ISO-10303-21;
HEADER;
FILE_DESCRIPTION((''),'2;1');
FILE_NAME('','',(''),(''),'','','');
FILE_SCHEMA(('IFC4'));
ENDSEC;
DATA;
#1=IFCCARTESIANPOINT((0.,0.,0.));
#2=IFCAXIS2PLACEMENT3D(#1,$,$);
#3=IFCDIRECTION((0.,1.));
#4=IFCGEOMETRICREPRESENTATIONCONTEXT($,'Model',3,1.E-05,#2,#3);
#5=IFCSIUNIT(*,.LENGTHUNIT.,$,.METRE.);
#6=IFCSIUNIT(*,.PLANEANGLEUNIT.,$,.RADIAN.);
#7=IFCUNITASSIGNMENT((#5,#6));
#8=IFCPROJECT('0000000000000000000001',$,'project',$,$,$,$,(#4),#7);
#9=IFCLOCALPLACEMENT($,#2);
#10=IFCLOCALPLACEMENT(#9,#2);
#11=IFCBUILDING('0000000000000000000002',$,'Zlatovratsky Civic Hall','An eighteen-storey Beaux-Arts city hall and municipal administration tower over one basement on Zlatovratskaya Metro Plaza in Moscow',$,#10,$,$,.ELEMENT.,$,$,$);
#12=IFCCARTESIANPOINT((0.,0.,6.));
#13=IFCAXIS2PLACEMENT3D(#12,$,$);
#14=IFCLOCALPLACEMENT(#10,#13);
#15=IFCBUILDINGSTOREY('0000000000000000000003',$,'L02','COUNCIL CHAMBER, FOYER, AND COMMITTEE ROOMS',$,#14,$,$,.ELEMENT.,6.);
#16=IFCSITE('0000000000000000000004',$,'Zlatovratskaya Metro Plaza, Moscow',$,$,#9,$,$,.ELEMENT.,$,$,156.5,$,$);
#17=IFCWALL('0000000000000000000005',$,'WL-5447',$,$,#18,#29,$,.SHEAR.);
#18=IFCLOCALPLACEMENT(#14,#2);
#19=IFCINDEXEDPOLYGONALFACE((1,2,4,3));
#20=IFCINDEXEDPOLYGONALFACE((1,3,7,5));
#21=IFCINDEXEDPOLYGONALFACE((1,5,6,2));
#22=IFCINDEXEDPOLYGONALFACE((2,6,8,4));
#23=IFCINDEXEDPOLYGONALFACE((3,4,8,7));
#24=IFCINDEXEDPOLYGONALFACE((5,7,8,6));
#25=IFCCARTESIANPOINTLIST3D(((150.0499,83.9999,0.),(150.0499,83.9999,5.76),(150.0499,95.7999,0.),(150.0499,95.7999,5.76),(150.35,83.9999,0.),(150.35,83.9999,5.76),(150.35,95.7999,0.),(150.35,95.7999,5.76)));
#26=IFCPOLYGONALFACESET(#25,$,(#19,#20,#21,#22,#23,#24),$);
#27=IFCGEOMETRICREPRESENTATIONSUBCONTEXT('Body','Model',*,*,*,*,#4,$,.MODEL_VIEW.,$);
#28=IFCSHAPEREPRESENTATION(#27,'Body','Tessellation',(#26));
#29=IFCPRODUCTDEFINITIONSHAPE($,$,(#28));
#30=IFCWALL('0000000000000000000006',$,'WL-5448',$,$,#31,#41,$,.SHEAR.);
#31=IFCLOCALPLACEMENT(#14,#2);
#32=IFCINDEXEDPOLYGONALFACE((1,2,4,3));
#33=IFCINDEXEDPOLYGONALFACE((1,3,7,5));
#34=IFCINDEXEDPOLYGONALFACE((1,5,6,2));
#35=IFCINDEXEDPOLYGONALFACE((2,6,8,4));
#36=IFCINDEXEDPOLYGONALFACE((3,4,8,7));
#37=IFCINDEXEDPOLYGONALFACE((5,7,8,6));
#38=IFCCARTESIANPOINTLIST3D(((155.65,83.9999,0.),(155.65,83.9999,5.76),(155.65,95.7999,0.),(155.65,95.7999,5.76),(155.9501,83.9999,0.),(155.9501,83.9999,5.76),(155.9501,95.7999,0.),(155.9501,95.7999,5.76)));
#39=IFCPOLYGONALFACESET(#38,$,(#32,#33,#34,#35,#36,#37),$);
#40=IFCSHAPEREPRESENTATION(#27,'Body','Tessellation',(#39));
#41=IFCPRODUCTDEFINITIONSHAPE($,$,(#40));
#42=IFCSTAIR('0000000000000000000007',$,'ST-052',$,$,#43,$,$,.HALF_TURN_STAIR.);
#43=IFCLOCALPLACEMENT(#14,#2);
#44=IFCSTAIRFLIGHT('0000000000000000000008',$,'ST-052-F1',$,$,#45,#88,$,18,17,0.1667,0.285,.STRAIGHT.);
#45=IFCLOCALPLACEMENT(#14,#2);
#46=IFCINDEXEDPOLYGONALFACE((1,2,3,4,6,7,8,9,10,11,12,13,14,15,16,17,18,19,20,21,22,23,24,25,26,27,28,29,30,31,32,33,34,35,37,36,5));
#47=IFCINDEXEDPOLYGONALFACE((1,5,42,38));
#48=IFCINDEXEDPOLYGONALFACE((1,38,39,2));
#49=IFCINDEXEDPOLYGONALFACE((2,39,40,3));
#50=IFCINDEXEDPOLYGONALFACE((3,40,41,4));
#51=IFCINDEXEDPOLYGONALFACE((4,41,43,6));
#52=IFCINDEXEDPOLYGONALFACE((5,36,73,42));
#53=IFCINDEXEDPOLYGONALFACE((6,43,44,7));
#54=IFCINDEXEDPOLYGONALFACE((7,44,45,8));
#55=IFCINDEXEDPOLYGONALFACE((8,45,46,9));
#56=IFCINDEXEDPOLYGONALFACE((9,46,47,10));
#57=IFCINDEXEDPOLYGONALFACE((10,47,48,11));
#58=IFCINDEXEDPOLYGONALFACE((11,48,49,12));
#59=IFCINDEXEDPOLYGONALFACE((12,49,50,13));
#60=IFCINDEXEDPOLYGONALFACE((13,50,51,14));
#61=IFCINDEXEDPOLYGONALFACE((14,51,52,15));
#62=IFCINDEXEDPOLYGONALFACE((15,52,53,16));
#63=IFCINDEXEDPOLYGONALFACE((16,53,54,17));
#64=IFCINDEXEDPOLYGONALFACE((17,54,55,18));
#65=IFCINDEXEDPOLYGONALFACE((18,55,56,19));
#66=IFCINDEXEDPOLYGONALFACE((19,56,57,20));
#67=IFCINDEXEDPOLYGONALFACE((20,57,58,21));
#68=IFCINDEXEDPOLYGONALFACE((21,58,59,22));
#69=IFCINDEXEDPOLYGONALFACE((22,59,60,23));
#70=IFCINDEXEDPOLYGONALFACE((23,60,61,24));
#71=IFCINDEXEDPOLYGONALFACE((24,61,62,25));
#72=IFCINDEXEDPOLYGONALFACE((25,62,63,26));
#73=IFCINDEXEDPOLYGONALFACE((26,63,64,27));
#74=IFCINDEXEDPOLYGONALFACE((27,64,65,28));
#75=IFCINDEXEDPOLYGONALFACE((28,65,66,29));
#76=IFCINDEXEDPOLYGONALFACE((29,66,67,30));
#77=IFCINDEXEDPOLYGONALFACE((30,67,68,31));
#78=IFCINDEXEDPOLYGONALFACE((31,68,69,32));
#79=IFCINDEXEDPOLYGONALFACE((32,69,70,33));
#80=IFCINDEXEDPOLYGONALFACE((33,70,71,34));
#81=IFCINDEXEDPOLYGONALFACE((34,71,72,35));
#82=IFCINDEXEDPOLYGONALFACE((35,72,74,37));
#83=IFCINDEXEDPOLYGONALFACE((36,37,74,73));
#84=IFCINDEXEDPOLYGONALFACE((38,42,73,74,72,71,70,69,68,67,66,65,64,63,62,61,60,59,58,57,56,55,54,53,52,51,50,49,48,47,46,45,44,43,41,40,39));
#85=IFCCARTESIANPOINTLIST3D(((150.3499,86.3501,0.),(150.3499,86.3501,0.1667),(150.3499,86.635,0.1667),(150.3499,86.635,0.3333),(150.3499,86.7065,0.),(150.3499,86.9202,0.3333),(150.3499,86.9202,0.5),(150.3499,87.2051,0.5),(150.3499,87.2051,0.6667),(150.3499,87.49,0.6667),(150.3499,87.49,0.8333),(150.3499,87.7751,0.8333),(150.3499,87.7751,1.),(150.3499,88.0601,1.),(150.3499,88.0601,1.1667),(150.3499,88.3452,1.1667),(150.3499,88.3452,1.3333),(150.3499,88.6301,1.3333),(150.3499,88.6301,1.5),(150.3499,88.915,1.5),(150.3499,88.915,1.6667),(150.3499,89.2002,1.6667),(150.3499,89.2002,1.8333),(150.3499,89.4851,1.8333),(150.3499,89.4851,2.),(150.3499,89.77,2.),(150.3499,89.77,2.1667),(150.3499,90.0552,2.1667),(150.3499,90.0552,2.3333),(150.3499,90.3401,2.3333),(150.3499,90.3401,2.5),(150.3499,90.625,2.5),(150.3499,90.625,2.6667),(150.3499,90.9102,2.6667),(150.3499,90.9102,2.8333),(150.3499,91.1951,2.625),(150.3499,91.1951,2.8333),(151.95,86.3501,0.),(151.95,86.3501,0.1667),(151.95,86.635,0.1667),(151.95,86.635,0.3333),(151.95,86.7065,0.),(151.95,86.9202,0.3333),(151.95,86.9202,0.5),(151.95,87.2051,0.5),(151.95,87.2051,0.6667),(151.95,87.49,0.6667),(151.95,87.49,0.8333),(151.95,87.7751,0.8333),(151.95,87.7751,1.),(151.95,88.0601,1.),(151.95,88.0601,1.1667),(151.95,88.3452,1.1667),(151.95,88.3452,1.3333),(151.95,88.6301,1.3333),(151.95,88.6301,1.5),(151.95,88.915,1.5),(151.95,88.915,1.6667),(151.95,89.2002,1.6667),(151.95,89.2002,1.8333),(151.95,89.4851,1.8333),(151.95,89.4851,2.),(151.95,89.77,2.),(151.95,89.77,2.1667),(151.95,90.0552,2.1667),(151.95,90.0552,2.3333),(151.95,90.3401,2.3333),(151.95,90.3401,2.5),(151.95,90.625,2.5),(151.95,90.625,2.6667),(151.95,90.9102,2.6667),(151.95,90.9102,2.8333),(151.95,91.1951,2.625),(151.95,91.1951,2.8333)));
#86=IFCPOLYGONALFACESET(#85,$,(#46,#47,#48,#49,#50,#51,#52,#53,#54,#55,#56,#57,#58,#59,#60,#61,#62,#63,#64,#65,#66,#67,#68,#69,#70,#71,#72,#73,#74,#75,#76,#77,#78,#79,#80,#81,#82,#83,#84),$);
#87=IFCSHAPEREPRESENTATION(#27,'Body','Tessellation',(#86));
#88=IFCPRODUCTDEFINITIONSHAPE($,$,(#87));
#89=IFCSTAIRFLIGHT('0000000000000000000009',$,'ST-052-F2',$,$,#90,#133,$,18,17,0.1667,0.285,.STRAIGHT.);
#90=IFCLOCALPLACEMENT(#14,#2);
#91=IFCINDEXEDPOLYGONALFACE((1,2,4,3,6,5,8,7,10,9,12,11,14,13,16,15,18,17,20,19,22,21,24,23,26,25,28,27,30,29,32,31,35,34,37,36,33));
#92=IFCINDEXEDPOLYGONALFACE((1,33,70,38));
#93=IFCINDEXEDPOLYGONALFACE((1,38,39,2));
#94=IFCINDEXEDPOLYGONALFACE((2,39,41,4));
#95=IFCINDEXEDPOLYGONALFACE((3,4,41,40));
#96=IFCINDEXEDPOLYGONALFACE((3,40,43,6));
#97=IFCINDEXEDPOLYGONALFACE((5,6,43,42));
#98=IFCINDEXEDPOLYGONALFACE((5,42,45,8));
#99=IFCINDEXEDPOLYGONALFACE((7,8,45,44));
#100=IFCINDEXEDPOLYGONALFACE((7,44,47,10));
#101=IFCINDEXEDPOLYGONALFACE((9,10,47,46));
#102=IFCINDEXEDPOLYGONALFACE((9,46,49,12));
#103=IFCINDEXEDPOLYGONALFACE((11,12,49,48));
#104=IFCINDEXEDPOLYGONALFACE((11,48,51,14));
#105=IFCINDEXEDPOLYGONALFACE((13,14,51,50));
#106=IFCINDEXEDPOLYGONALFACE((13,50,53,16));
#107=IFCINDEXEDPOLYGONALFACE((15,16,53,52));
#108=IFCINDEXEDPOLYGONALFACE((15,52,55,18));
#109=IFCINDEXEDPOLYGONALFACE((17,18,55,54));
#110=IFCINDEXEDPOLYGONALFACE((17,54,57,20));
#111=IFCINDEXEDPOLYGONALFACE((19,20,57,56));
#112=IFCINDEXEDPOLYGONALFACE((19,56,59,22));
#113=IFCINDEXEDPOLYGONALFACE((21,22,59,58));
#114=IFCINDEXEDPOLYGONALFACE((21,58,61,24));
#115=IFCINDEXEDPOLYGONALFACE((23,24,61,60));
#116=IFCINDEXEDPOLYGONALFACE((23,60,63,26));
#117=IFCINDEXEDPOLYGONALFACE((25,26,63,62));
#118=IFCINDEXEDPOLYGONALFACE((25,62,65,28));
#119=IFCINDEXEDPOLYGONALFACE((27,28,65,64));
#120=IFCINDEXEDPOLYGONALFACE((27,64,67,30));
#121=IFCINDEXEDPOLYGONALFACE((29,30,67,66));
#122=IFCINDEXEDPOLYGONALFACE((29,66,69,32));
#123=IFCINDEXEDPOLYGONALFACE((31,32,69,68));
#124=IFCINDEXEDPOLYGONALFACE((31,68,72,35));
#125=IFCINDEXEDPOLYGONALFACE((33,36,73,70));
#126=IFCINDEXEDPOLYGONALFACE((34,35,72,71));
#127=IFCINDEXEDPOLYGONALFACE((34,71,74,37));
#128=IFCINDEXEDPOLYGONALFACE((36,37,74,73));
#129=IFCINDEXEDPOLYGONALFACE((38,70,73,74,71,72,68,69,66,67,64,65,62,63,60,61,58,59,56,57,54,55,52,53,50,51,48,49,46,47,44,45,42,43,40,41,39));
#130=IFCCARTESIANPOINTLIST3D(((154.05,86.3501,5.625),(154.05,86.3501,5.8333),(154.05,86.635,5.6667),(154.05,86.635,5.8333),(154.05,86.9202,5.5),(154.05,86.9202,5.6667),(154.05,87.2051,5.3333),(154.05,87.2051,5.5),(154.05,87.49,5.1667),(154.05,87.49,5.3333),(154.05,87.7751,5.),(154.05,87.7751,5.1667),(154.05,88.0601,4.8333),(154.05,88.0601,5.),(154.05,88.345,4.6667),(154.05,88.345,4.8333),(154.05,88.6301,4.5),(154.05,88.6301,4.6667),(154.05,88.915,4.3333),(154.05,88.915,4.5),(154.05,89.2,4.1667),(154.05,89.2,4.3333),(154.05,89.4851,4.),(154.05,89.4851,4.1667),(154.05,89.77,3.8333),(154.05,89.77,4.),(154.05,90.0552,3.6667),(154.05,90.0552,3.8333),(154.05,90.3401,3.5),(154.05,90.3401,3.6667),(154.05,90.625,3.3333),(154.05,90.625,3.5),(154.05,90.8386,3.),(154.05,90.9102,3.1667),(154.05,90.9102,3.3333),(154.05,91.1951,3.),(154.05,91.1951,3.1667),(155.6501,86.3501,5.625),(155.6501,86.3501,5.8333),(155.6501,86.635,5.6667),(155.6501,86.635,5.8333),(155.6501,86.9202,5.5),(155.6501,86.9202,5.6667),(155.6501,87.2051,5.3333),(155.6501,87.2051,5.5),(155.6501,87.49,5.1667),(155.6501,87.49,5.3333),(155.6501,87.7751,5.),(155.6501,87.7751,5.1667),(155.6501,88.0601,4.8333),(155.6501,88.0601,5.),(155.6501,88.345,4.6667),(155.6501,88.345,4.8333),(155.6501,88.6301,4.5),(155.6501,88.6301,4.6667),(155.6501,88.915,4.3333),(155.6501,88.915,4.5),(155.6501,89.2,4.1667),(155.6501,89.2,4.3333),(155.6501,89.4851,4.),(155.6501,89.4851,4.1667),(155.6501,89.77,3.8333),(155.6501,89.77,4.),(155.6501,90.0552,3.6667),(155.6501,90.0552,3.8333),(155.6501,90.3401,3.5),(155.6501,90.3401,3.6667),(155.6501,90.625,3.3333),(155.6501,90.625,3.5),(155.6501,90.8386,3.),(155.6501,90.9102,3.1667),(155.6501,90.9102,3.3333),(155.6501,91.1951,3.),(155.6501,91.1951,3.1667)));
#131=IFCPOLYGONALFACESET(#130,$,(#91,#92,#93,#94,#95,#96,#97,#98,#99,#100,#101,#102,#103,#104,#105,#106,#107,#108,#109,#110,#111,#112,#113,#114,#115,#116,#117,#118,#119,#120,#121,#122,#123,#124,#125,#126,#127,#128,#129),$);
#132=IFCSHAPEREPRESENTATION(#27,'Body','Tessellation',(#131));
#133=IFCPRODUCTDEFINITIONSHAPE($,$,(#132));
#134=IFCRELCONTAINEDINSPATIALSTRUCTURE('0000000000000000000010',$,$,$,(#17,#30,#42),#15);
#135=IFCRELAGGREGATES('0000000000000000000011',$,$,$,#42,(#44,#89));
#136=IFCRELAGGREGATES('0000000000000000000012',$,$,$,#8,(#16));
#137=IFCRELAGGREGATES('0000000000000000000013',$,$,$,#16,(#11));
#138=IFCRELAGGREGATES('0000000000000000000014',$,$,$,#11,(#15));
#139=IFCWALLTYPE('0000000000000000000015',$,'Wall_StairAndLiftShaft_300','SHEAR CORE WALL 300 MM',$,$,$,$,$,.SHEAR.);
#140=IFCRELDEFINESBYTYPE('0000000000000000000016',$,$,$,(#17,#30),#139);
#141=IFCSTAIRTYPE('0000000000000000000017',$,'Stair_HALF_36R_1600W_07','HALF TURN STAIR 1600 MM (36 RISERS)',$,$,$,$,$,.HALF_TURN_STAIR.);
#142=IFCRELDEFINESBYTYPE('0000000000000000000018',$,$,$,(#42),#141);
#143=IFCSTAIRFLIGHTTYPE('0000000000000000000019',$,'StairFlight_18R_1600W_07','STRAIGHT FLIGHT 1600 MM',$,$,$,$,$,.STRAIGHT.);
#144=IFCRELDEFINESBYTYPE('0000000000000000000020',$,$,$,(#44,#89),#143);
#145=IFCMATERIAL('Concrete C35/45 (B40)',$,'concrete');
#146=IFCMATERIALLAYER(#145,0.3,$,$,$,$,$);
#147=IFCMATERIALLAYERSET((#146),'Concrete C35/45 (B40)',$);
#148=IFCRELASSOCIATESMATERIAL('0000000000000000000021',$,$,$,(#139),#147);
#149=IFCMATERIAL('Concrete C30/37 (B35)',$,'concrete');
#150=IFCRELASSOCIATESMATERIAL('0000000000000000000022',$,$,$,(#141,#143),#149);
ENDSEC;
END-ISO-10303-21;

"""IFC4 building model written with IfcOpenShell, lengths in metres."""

from ifc_helpers import new_model, si_unit, direction, frame, frame_2d, origin, place, context, subcontext, project, spatial, polyline, rectangle, outline, extrude, material, layer, layer_set, type_object, element, aggregate, save


model = new_model("IFC4")

# Units and contexts
model_context = context("Model", 3, precision=1e-05, world=origin(), true_north=direction((0.0, 1.0)))
body_context = subcontext(model_context, "Body", "Model", "MODEL_VIEW")
ifc_project = project(units=[si_unit("LENGTHUNIT", "METRE"), si_unit("PLANEANGLEUNIT", "RADIAN")], contexts=[model_context])

# Site, building, storey
site_placement = place(None, origin())
site = spatial("IfcSite", under=ifc_project, at=site_placement, Name="Zlatovratskaya Metro Plaza, Moscow", CompositionType="ELEMENT", RefElevation=156.5)
building_placement = place(site_placement, origin())
building = spatial("IfcBuilding", under=site, at=building_placement, Name="Zlatovratsky Civic Hall", Description="An eighteen-storey Beaux-Arts city hall and municipal administration tower over one basement on Zlatovratskaya Metro Plaza in Moscow", CompositionType="ELEMENT")
storey_placement = place(building_placement, frame((0.0, 0.0, 6.0)))
storey = spatial("IfcBuildingStorey", under=building, at=storey_placement, Name="L02", Description="COUNCIL CHAMBER, FOYER, AND COMMITTEE ROOMS", CompositionType="ELEMENT", Elevation=6.0)

# Shared definitions
ifc_material_1 = material(Name="Concrete C35/45 (B40)", Category="concrete")

# Shared definitions
ifc_layer_1 = layer(ifc_material_1, 0.3)
ifc_layer_set_1 = layer_set([ifc_layer_1], Name="Concrete C35/45 (B40)")
wall_type_1 = type_object("IfcWallType", Name="Wall_StairAndLiftShaft_300", Description="SHEAR CORE WALL 300 MM", PredefinedType="SHEAR", material=ifc_layer_set_1)

# Walls
for number, where, z_axis, x_axis, name in (
    (1, (150.2, 84.0, 0.0), (0.0, 0.0, 1.0), (0.0, 1.0, 0.0), "WL-5447"),
    (2, (155.8, 84.0, 0.0), (0.0, 0.0, 1.0), (0.0, 1.0, 0.0), "WL-5448"),
):
    element("IfcWall", number, at=place(storey_placement, frame(where, z_axis=z_axis, x_axis=x_axis)), inside=storey, type_object=wall_type_1, Name=name, PredefinedType="SHEAR", context=body_context, shape_type="SweptSolid", body=[
        extrude(rectangle(XDim=11.8, YDim=0.3, at=frame_2d((5.8999, 0.0))), origin(), (0.0, 0.0, 1.0), 5.76),
    ])

# Stair, stair flights
ifc_material_2 = material(Name="Concrete C30/37 (B35)", Category="concrete")
stair_type = type_object("IfcStairType", Name="Stair_HALF_36R_1600W_07", Description="HALF TURN STAIR 1600 MM (36 RISERS)", PredefinedType="HALF_TURN_STAIR", material=ifc_material_2)
stair_placement = place(storey_placement, origin())
stair = element("IfcStair", 3, at=stair_placement, inside=storey, type_object=stair_type, Name="ST-052", PredefinedType="HALF_TURN_STAIR")
stair_flight_type = type_object("IfcStairFlightType", Name="StairFlight_18R_1600W_07", Description="STRAIGHT FLIGHT 1600 MM", PredefinedType="STRAIGHT", material=ifc_material_2)
stair_flight_1_placement = place(storey_placement, frame((151.1499, 86.3501, 0.0), z_axis=(0.0, 0.0, 1.0), x_axis=(0.0, 1.0, 0.0)))
stair_flight_1 = element("IfcStairFlight", 4, at=stair_flight_1_placement, type_object=stair_flight_type, Name="ST-052-F1", NumberOfRisers=18, NumberOfTreads=17, PredefinedType="STRAIGHT", RiserHeight=0.1667, TreadLength=0.285, context=body_context, shape_type="SweptSolid", body=[
    extrude(outline(polyline([(0.0, 0.0), (0.0, 0.1667), (0.2849, 0.1667), (0.2849, 0.3333), (0.5701, 0.3333), (0.5701, 0.5), (0.855, 0.5), (0.855, 0.6667), (1.1399, 0.6667), (1.1399, 0.8333), (1.425, 0.8333), (1.425, 1.0), (1.71, 1.0), (1.71, 1.1667), (1.9951, 1.1667), (1.9951, 1.3333), (2.28, 1.3333), (2.28, 1.5), (2.5649, 1.5), (2.5649, 1.6667), (2.8501, 1.6667), (2.8501, 1.8333), (3.135, 1.8333), (3.135, 2.0), (3.4199, 2.0), (3.4199, 2.1667), (3.7051, 2.1667), (3.7051, 2.3333), (3.99, 2.3333), (3.99, 2.5), (4.2749, 2.5), (4.2749, 2.6667), (4.5601, 2.6667), (4.5601, 2.8333), (4.845, 2.8333), (4.845, 3.0), (4.845, 2.625), (0.3564, 0.0), (0.0, 0.0)])), frame((0.0, 0.8, 0.0), z_axis=(0.0, -1.0, 0.0), x_axis=(1.0, 0.0, 0.0)), (0.0, 0.0, 1.0), 1.6001),
])
stair_flight_2_placement = place(storey_placement, frame((154.8501, 91.1951, 3.0), z_axis=(0.0, 0.0, 1.0), x_axis=(0.0, -1.0, 0.0)))
stair_flight_2 = element("IfcStairFlight", 5, at=stair_flight_2_placement, type_object=stair_flight_type, Name="ST-052-F2", NumberOfRisers=18, NumberOfTreads=17, PredefinedType="STRAIGHT", RiserHeight=0.1667, TreadLength=0.285, context=body_context, shape_type="SweptSolid", body=[
    extrude(outline(polyline([(0.0, 0.0), (0.0, 0.1667), (0.2849, 0.1667), (0.2849, 0.3333), (0.5701, 0.3333), (0.5701, 0.5), (0.855, 0.5), (0.855, 0.6667), (1.1399, 0.6667), (1.1399, 0.8333), (1.425, 0.8333), (1.425, 1.0), (1.71, 1.0), (1.71, 1.1667), (1.9951, 1.1667), (1.9951, 1.3333), (2.28, 1.3333), (2.28, 1.5), (2.5649, 1.5), (2.5649, 1.6667), (2.8501, 1.6667), (2.8501, 1.8333), (3.135, 1.8333), (3.135, 2.0), (3.4199, 2.0), (3.4199, 2.1667), (3.7051, 2.1667), (3.7051, 2.3333), (3.99, 2.3333), (3.99, 2.5), (4.2749, 2.5), (4.2749, 2.6667), (4.5601, 2.6667), (4.5601, 2.8333), (4.845, 2.8333), (4.845, 3.0), (4.845, 2.625), (0.3564, 0.0), (0.0, 0.0)])), frame((0.0, 0.8, 0.0), z_axis=(0.0, -1.0, 0.0), x_axis=(1.0, 0.0, 0.0)), (0.0, 0.0, 1.0), 1.6001),
])
aggregate(stair, [stair_flight_1, stair_flight_2])

save(model, "model.ifc")
